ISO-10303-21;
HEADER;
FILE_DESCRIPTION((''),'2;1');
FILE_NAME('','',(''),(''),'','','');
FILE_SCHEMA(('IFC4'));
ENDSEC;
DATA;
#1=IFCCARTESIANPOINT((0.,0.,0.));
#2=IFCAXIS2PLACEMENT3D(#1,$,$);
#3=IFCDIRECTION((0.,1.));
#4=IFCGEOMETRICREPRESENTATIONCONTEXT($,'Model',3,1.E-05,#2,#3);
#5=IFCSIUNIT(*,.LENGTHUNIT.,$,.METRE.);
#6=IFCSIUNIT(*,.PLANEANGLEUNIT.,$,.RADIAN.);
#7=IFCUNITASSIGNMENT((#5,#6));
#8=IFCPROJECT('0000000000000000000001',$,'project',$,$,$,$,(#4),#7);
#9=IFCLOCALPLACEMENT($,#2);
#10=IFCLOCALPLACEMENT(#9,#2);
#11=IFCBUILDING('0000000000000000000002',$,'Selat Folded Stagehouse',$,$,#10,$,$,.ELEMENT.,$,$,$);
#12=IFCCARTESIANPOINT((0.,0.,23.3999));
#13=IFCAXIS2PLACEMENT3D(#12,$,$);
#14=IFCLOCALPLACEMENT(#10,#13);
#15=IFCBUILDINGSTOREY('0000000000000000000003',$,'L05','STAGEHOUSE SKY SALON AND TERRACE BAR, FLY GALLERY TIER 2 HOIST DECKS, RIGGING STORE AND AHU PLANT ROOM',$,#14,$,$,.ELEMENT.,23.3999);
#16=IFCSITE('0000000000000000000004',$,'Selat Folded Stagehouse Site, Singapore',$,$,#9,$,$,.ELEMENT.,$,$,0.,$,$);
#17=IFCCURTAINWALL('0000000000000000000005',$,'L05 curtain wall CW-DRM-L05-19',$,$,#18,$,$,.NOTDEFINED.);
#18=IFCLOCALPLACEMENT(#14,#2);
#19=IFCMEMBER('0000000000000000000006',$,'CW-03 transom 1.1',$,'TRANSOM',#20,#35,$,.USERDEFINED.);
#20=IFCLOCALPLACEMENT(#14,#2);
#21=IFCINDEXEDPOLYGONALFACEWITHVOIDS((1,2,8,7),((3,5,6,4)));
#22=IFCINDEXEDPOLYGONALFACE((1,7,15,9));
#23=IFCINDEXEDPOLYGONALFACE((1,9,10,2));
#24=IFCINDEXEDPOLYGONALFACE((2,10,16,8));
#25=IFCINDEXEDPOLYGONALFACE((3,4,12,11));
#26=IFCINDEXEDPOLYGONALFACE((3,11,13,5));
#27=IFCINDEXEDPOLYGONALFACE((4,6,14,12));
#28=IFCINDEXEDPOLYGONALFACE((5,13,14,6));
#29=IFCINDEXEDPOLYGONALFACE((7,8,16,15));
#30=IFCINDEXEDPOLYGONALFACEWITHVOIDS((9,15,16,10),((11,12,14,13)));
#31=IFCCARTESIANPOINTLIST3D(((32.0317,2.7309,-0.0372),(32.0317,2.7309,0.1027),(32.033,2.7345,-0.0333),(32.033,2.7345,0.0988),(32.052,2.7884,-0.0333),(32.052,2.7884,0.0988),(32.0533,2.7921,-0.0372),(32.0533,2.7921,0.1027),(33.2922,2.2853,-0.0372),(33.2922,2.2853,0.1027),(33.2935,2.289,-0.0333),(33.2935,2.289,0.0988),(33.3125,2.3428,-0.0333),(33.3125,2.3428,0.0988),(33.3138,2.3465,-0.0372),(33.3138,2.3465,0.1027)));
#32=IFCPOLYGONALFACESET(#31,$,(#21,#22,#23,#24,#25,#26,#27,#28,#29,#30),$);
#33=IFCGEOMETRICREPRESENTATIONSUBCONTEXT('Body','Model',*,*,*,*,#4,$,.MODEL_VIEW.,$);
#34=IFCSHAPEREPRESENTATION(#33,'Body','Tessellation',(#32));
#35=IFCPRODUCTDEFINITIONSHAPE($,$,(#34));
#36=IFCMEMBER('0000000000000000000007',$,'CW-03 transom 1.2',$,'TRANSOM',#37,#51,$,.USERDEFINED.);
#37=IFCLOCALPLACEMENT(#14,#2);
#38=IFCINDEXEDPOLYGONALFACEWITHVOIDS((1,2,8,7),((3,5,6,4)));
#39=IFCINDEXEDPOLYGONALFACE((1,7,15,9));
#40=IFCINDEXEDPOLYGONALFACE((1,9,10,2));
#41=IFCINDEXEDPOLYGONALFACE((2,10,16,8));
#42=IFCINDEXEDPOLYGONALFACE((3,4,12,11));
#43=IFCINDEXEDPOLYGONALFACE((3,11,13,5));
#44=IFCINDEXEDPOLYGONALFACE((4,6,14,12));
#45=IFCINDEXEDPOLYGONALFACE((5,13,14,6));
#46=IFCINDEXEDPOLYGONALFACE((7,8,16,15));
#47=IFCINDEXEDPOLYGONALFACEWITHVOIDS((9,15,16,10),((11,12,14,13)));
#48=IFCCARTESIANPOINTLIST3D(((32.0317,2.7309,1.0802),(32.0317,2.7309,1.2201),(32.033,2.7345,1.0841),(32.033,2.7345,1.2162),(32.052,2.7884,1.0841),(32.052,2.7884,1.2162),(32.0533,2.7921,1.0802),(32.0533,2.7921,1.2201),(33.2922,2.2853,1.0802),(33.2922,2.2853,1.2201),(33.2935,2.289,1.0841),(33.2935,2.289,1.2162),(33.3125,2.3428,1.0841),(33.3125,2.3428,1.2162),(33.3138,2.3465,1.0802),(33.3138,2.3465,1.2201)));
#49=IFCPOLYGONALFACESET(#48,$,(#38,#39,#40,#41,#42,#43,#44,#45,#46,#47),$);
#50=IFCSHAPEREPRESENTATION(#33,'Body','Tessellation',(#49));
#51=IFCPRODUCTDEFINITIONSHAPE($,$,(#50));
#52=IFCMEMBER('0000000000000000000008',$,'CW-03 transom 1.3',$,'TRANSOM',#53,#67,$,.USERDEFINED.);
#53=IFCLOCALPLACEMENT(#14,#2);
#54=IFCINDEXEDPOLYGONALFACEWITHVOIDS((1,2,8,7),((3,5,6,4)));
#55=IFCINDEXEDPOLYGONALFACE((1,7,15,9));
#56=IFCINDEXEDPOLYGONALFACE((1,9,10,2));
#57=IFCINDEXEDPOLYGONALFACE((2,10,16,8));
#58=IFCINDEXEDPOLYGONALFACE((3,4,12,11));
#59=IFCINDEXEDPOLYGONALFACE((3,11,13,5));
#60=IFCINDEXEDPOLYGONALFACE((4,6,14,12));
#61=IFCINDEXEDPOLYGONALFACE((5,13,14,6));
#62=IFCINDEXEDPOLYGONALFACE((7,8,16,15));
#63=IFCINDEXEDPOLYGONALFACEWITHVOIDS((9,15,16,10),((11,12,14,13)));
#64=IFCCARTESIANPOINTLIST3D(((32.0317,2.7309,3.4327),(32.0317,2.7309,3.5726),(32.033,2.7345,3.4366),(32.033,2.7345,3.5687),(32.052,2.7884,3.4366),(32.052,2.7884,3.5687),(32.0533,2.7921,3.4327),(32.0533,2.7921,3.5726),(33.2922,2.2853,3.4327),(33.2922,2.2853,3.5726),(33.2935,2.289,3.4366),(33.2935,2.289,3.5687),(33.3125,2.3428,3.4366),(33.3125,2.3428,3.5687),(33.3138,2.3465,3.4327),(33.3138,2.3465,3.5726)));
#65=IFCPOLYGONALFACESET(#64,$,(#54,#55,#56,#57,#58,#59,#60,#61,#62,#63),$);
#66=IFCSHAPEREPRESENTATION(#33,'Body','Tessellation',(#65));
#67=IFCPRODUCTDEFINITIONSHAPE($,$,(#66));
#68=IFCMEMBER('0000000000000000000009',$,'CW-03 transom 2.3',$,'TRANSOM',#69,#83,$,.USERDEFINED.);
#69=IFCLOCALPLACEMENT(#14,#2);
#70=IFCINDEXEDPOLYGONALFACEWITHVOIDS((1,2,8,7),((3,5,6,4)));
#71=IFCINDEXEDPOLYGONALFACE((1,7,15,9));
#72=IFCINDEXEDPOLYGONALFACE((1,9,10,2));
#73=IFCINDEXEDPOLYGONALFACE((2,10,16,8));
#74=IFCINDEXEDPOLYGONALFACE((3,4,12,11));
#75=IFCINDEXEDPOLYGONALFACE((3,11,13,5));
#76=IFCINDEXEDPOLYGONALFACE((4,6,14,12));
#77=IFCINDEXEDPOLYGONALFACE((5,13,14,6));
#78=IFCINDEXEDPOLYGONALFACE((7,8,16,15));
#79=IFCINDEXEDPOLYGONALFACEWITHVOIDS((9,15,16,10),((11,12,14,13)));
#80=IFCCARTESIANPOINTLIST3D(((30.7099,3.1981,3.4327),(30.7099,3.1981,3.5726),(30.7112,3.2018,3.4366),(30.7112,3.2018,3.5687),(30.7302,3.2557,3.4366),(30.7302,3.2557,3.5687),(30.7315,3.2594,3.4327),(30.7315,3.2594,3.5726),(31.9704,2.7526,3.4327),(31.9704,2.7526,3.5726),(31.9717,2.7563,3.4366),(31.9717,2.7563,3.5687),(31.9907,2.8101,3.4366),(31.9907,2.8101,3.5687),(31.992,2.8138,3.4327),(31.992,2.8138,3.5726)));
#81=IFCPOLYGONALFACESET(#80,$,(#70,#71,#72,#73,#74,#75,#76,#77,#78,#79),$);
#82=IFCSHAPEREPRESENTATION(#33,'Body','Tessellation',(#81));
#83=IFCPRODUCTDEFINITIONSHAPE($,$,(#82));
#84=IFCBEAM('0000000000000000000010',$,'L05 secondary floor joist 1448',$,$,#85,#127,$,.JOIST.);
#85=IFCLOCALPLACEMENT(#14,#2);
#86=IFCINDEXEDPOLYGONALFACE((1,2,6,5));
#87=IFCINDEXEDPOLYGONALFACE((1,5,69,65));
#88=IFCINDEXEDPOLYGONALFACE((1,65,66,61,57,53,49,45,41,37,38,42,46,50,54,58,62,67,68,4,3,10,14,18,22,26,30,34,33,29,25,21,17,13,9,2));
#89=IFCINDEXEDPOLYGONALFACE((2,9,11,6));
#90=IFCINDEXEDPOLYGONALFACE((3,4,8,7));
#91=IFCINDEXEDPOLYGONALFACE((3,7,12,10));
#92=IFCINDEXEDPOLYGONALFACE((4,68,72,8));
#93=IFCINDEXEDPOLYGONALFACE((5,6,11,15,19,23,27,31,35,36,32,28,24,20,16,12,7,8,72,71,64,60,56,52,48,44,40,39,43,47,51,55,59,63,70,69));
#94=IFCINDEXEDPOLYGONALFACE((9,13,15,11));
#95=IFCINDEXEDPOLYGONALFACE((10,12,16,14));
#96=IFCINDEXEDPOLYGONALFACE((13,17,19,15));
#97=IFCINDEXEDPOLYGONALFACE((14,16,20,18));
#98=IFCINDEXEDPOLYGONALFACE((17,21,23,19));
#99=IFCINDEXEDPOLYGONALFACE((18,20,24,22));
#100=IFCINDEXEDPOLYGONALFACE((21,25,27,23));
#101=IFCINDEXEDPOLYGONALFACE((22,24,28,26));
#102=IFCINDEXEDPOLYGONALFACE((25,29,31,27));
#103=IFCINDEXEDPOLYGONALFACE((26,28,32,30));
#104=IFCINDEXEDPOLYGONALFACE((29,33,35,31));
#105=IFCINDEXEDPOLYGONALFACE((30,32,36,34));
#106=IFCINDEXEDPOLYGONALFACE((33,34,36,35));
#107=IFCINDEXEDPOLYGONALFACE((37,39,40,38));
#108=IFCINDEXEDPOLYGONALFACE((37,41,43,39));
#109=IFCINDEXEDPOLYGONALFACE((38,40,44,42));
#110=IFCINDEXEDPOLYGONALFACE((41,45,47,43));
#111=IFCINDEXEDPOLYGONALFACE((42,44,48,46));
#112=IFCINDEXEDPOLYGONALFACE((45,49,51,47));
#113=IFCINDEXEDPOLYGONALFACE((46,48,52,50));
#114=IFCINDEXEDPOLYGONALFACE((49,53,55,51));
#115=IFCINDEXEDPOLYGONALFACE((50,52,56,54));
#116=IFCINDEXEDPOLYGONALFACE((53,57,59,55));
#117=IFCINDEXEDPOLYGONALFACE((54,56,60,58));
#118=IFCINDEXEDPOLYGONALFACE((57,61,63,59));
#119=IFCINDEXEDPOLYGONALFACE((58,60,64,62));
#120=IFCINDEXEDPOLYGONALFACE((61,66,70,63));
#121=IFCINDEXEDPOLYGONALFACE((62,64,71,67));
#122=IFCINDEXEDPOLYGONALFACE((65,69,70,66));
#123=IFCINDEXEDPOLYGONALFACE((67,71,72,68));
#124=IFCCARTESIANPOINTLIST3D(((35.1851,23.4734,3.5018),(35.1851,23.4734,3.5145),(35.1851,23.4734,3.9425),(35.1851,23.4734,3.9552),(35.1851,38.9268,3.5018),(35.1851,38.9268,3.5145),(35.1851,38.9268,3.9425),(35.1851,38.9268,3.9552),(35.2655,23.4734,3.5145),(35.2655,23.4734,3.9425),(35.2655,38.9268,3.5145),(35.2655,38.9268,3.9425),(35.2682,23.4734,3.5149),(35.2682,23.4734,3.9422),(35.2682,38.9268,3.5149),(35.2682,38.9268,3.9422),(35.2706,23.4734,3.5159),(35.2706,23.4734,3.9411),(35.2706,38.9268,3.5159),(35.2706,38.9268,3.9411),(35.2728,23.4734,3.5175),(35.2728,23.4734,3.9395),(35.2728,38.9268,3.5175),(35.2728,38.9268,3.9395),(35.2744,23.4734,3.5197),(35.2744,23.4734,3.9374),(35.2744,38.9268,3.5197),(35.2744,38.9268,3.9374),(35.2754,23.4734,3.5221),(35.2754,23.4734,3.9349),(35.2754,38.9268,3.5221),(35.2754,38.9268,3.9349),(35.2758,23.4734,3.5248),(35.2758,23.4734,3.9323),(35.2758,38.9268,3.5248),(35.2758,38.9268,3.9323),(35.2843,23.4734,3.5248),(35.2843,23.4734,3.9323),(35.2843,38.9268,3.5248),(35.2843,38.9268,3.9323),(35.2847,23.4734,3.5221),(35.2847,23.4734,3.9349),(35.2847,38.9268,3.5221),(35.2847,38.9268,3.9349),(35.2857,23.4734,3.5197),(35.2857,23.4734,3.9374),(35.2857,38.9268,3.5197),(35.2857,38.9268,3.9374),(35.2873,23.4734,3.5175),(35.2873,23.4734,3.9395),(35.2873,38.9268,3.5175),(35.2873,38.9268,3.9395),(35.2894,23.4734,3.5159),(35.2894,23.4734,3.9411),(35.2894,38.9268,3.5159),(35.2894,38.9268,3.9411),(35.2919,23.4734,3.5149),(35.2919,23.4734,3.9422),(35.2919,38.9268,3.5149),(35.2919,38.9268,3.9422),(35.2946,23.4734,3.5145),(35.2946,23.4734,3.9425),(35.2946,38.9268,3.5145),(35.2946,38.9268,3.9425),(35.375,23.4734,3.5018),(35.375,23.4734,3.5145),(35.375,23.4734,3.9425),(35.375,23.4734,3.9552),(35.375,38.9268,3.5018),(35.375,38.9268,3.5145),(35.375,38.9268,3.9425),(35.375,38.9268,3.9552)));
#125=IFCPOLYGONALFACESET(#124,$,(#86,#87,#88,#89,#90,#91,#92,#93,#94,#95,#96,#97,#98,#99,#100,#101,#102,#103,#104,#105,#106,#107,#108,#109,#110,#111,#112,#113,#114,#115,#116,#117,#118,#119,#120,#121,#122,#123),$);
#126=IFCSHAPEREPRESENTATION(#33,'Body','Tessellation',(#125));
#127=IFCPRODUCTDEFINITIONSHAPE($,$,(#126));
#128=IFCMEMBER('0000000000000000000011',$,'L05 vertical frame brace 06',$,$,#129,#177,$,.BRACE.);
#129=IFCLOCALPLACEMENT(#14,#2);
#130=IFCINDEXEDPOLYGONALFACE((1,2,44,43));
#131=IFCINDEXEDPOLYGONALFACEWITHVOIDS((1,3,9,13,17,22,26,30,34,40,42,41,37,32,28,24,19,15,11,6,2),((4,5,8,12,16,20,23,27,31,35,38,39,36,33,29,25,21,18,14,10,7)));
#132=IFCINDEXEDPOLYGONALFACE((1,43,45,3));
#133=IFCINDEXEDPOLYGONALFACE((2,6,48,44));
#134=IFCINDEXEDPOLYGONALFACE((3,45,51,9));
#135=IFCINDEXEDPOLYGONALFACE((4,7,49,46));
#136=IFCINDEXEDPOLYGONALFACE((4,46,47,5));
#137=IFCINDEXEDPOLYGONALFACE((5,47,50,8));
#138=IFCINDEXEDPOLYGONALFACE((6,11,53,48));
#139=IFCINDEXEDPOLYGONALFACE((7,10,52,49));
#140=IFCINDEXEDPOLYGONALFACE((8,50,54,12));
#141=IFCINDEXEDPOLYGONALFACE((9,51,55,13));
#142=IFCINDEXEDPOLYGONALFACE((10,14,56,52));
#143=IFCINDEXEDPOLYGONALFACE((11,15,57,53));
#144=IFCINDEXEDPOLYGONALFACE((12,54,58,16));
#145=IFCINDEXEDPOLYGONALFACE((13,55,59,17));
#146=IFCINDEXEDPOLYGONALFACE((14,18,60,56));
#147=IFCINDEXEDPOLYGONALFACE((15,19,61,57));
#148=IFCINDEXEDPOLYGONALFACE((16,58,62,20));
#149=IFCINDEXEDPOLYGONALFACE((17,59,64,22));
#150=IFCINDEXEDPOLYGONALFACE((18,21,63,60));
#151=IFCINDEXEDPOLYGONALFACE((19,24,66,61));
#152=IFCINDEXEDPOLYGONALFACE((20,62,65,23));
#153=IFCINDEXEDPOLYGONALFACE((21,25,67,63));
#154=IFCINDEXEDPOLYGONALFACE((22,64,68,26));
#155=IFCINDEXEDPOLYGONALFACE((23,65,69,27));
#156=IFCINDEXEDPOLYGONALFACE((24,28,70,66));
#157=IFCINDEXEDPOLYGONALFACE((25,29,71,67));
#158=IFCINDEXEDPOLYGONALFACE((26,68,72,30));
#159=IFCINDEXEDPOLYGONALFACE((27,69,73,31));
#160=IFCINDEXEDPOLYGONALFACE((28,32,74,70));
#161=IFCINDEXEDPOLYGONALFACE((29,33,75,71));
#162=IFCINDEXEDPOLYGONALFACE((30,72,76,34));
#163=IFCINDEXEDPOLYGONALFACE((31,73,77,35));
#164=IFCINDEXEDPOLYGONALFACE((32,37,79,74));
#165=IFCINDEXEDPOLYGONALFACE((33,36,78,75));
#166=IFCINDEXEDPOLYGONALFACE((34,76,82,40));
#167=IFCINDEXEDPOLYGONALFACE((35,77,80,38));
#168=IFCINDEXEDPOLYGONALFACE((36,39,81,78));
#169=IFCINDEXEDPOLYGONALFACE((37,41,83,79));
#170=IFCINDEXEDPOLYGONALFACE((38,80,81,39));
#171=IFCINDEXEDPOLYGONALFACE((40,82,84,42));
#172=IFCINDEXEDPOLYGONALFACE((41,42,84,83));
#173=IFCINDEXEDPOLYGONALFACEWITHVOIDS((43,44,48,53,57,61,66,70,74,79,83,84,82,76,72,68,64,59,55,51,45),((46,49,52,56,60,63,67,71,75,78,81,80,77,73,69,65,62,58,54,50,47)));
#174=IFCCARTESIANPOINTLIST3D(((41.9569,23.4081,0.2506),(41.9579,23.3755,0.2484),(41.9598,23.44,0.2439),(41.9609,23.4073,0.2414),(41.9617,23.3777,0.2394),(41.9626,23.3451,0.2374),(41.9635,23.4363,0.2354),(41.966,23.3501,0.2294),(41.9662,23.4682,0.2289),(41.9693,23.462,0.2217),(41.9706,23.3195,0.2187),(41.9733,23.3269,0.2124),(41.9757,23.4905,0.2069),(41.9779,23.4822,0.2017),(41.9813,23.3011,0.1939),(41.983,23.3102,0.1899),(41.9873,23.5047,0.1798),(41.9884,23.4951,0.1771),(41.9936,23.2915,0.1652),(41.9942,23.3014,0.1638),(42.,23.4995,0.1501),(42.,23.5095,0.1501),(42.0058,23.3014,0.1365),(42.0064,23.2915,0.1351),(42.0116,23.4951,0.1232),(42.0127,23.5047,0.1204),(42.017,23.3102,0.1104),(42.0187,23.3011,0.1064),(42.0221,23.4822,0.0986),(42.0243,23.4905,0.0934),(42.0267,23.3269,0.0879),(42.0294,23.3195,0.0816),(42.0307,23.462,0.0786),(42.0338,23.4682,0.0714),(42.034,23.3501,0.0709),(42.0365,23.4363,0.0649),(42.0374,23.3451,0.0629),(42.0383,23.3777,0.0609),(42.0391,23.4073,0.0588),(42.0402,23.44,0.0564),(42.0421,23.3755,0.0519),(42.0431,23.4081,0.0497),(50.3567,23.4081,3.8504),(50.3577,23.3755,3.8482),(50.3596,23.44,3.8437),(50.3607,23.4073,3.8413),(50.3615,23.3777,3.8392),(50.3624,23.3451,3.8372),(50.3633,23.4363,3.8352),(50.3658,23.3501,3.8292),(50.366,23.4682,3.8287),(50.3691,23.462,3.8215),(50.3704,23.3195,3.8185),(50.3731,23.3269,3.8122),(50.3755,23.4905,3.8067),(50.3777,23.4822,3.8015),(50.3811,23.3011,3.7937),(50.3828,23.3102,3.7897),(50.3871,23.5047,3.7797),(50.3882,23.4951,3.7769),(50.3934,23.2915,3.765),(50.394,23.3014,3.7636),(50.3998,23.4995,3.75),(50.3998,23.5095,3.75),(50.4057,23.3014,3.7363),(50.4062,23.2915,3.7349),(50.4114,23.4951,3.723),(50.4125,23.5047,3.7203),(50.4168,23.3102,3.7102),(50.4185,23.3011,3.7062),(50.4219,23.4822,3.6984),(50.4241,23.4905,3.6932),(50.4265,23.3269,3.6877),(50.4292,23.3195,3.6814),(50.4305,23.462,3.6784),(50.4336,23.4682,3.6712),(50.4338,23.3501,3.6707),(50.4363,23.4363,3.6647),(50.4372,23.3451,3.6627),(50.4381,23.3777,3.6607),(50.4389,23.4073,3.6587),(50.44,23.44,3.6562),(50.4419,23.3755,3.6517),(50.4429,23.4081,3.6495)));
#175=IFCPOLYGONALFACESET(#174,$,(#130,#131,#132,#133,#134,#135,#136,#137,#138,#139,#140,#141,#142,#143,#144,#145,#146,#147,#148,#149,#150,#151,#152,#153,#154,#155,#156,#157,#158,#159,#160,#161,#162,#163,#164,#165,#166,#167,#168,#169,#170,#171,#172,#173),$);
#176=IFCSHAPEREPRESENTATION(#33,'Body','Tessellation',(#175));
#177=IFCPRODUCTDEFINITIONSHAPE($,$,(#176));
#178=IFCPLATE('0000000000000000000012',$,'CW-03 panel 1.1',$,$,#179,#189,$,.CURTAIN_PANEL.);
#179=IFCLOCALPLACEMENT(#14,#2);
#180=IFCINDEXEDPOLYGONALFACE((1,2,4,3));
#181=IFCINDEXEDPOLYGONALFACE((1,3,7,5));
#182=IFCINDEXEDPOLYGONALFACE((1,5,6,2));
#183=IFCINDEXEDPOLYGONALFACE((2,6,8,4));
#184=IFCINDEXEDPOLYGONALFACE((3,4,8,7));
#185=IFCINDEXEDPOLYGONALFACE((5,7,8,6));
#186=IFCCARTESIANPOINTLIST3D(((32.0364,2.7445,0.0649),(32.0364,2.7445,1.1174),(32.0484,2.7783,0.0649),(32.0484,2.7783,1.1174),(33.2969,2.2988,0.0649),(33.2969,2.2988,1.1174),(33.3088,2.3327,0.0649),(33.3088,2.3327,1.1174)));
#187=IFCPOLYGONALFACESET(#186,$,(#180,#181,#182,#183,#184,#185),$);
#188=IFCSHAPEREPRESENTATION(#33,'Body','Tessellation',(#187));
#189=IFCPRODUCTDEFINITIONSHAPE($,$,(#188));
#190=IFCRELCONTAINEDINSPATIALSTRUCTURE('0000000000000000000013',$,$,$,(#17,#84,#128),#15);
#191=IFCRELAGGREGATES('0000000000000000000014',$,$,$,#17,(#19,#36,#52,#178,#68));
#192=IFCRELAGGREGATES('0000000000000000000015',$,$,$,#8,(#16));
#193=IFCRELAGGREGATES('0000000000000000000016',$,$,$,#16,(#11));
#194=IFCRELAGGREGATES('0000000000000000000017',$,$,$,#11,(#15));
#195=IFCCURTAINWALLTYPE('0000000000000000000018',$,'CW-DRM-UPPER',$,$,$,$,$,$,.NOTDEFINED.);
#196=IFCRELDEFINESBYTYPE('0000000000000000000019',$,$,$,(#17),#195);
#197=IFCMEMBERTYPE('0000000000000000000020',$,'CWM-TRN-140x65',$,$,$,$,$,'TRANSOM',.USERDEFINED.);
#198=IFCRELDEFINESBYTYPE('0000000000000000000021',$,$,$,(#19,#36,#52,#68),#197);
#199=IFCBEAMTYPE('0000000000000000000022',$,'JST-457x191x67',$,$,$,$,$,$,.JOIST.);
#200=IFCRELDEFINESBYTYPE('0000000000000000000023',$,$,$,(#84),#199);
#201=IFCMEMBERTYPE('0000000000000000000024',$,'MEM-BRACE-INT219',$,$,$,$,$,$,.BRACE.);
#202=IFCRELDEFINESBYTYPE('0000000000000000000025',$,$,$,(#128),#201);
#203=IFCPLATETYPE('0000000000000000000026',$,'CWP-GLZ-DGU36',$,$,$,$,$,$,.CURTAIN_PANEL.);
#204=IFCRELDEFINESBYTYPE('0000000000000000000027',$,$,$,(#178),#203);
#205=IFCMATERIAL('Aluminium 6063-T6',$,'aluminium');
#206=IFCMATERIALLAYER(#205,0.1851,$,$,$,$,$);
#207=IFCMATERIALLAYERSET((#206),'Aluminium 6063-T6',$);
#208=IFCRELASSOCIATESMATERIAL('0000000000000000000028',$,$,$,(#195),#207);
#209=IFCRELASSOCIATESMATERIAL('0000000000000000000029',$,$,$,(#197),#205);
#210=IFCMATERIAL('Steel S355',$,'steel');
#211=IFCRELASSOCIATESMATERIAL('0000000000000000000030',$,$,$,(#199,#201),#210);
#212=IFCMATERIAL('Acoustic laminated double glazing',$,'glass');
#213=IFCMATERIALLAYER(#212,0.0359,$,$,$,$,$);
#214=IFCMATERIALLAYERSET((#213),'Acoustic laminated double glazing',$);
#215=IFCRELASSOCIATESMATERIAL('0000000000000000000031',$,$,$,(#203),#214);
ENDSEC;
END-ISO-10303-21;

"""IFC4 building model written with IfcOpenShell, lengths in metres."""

from ifc_helpers import new_model, si_unit, direction, frame, origin, origin_2d, place, context, subcontext, project, spatial, rectangle, hollow_rectangle, hollow_circle, i_section, extrude, material, layer, layer_set, material_profile, profile_set, type_object, element, aggregate, save


model = new_model("IFC4")

# Units and contexts
model_context = context("Model", 3, precision=1e-05, world=origin(), true_north=direction((0.0, 1.0)))
body_context = subcontext(model_context, "Body", "Model", "MODEL_VIEW")
ifc_project = project(units=[si_unit("LENGTHUNIT", "METRE"), si_unit("PLANEANGLEUNIT", "RADIAN")], contexts=[model_context])

# Site, building, storey
site_placement = place(None, origin())
site = spatial("IfcSite", under=ifc_project, at=site_placement, Name="Selat Folded Stagehouse Site, Singapore", CompositionType="ELEMENT", RefElevation=0.0)
building_placement = place(site_placement, origin())
building = spatial("IfcBuilding", under=site, at=building_placement, Name="Selat Folded Stagehouse", CompositionType="ELEMENT")
storey_placement = place(building_placement, frame((0.0, 0.0, 23.3999)))
storey = spatial("IfcBuildingStorey", under=building, at=storey_placement, Name="L05", Description="STAGEHOUSE SKY SALON AND TERRACE BAR, FLY GALLERY TIER 2 HOIST DECKS, RIGGING STORE AND AHU PLANT ROOM", CompositionType="ELEMENT", Elevation=23.3999)

# Shared definitions
ifc_material_1 = material(Name="Steel S355", Category="steel")

# Curtain wall, members
ifc_material_2 = material(Name="Aluminium 6063-T6", Category="aluminium")
ifc_layer_1 = layer(ifc_material_2, 0.1851)
ifc_layer_set_1 = layer_set([ifc_layer_1], Name="Aluminium 6063-T6")
curtain_wall_type = type_object("IfcCurtainWallType", Name="CW-DRM-UPPER", PredefinedType="NOTDEFINED", material=ifc_layer_set_1)
curtain_wall_placement = place(storey_placement, origin())
curtain_wall = element("IfcCurtainWall", 1, at=curtain_wall_placement, inside=storey, type_object=curtain_wall_type, Name="L05 curtain wall CW-DRM-L05-19", PredefinedType="NOTDEFINED")
ifc_material_profile_1 = material_profile(ifc_material_2, hollow_rectangle(XDim=0.0649, YDim=0.1399, WallThickness=0.0039, at=origin_2d()), Name="ALU 140x65x4.0")
ifc_profile_set_1 = profile_set([ifc_material_profile_1], Name="Aluminium 6063-T6")
member_type_1 = type_object("IfcMemberType", Name="CWM-TRN-140x65", ElementType="TRANSOM", PredefinedType="USERDEFINED", material=ifc_profile_set_1)
member_1_placement = place(storey_placement, frame((33.303, 2.3159, 0.0327), z_axis=(-0.942832, 0.333269, 0.0), x_axis=(-0.333269, -0.942832, 0.0)))
member_1 = element("IfcMember", 2, at=member_1_placement, type_object=member_type_1, Name="CW-03 transom 1.1", ObjectType="TRANSOM", PredefinedType="USERDEFINED", context=body_context, shape_type="SweptSolid", body=[
    extrude(hollow_rectangle(XDim=0.0649, YDim=0.1399, WallThickness=0.0039, at=origin_2d()), origin(), (0.0, 0.0, 1.0), 1.3369),
])
member_2_placement = place(storey_placement, frame((33.303, 2.3159, 1.1501), z_axis=(-0.942832, 0.333269, 0.0), x_axis=(-0.333269, -0.942832, 0.0)))
member_2 = element("IfcMember", 3, at=member_2_placement, type_object=member_type_1, Name="CW-03 transom 1.2", ObjectType="TRANSOM", PredefinedType="USERDEFINED", context=body_context, shape_type="SweptSolid", body=[
    extrude(hollow_rectangle(XDim=0.0649, YDim=0.1399, WallThickness=0.0039, at=origin_2d()), origin(), (0.0, 0.0, 1.0), 1.3369),
])
member_3_placement = place(storey_placement, frame((33.303, 2.3159, 3.5027), z_axis=(-0.942832, 0.333269, 0.0), x_axis=(-0.333269, -0.942832, 0.0)))
member_3 = element("IfcMember", 4, at=member_3_placement, type_object=member_type_1, Name="CW-03 transom 1.3", ObjectType="TRANSOM", PredefinedType="USERDEFINED", context=body_context, shape_type="SweptSolid", body=[
    extrude(hollow_rectangle(XDim=0.0649, YDim=0.1399, WallThickness=0.0039, at=origin_2d()), origin(), (0.0, 0.0, 1.0), 1.3369),
])
member_4_placement = place(storey_placement, frame((31.9812, 2.7832, 3.5027), z_axis=(-0.942832, 0.333269, 0.0), x_axis=(-0.333269, -0.942832, 0.0)))
member_4 = element("IfcMember", 5, at=member_4_placement, type_object=member_type_1, Name="CW-03 transom 2.3", ObjectType="TRANSOM", PredefinedType="USERDEFINED", context=body_context, shape_type="SweptSolid", body=[
    extrude(hollow_rectangle(XDim=0.0649, YDim=0.1399, WallThickness=0.0039, at=origin_2d()), origin(), (0.0, 0.0, 1.0), 1.3369),
])

# Beam
ifc_material_profile_2 = material_profile(ifc_material_1, i_section(OverallWidth=0.1899, OverallDepth=0.4534, WebThickness=0.0085, FlangeThickness=0.0127, FilletRadius=0.0103, at=origin_2d()), Name="UKB 457x191x67")
ifc_profile_set_2 = profile_set([ifc_material_profile_2], Name="Steel S355")
beam_type_1 = type_object("IfcBeamType", Name="JST-457x191x67", PredefinedType="JOIST", material=ifc_profile_set_2)
beam_1_placement = place(storey_placement, frame((35.28, 23.4734, 3.7285), z_axis=(0.0, 1.0, 0.0), x_axis=(-1.0, 0.0, 0.0)))
element("IfcBeam", 6, at=beam_1_placement, inside=storey, type_object=beam_type_1, Name="L05 secondary floor joist 1448", PredefinedType="JOIST", context=body_context, shape_type="SweptSolid", body=[
    extrude(i_section(OverallWidth=0.1899, OverallDepth=0.4534, WebThickness=0.0085, FlangeThickness=0.0127, FilletRadius=0.0103, at=origin_2d()), origin(), (0.0, 0.0, 1.0), 15.4534),
])

# Member
ifc_material_profile_3 = material_profile(ifc_material_1, hollow_circle(Radius=0.1096, WallThickness=0.01, at=origin_2d()), Name="CHS 219.1x10.0")
ifc_profile_set_3 = profile_set([ifc_material_profile_3], Name="Steel S355")
member_type_2 = type_object("IfcMemberType", Name="MEM-BRACE-INT219", PredefinedType="BRACE", material=ifc_profile_set_3)
member_5_placement = place(storey_placement, frame((42.0, 23.3999, 0.1501), z_axis=(0.919149, 0.0, 0.39391), x_axis=(0.0, 1.0, 0.0)))
element("IfcMember", 7, at=member_5_placement, inside=storey, type_object=member_type_2, Name="L05 vertical frame brace 06", PredefinedType="BRACE", context=body_context, shape_type="SweptSolid", body=[
    extrude(hollow_circle(Radius=0.1096, WallThickness=0.01, at=origin_2d()), origin(), (0.0, 0.0, 1.0), 9.1387),
])

# Plate
ifc_material_3 = material(Name="Acoustic laminated double glazing", Category="glass")
ifc_layer_2 = layer(ifc_material_3, 0.0359)
ifc_layer_set_2 = layer_set([ifc_layer_2], Name="Acoustic laminated double glazing")
plate_type_1 = type_object("IfcPlateType", Name="CWP-GLZ-DGU36", PredefinedType="CURTAIN_PANEL", material=ifc_layer_set_2)
plate_1_placement = place(storey_placement, frame((32.6726, 2.5386, 0.0649), z_axis=(0.0, 0.0, 1.0), x_axis=(-0.942816, 0.333314, 0.0)))
plate_1 = element("IfcPlate", 8, at=plate_1_placement, type_object=plate_type_1, Name="CW-03 panel 1.1", PredefinedType="CURTAIN_PANEL", context=body_context, shape_type="SweptSolid", body=[
    extrude(rectangle(XDim=1.3369, YDim=0.0359, at=origin_2d()), origin(), (0.0, 0.0, 1.0), 1.0525),
])
aggregate(curtain_wall, [member_1, member_2, member_3, plate_1, member_4])

save(model, "model.ifc")
